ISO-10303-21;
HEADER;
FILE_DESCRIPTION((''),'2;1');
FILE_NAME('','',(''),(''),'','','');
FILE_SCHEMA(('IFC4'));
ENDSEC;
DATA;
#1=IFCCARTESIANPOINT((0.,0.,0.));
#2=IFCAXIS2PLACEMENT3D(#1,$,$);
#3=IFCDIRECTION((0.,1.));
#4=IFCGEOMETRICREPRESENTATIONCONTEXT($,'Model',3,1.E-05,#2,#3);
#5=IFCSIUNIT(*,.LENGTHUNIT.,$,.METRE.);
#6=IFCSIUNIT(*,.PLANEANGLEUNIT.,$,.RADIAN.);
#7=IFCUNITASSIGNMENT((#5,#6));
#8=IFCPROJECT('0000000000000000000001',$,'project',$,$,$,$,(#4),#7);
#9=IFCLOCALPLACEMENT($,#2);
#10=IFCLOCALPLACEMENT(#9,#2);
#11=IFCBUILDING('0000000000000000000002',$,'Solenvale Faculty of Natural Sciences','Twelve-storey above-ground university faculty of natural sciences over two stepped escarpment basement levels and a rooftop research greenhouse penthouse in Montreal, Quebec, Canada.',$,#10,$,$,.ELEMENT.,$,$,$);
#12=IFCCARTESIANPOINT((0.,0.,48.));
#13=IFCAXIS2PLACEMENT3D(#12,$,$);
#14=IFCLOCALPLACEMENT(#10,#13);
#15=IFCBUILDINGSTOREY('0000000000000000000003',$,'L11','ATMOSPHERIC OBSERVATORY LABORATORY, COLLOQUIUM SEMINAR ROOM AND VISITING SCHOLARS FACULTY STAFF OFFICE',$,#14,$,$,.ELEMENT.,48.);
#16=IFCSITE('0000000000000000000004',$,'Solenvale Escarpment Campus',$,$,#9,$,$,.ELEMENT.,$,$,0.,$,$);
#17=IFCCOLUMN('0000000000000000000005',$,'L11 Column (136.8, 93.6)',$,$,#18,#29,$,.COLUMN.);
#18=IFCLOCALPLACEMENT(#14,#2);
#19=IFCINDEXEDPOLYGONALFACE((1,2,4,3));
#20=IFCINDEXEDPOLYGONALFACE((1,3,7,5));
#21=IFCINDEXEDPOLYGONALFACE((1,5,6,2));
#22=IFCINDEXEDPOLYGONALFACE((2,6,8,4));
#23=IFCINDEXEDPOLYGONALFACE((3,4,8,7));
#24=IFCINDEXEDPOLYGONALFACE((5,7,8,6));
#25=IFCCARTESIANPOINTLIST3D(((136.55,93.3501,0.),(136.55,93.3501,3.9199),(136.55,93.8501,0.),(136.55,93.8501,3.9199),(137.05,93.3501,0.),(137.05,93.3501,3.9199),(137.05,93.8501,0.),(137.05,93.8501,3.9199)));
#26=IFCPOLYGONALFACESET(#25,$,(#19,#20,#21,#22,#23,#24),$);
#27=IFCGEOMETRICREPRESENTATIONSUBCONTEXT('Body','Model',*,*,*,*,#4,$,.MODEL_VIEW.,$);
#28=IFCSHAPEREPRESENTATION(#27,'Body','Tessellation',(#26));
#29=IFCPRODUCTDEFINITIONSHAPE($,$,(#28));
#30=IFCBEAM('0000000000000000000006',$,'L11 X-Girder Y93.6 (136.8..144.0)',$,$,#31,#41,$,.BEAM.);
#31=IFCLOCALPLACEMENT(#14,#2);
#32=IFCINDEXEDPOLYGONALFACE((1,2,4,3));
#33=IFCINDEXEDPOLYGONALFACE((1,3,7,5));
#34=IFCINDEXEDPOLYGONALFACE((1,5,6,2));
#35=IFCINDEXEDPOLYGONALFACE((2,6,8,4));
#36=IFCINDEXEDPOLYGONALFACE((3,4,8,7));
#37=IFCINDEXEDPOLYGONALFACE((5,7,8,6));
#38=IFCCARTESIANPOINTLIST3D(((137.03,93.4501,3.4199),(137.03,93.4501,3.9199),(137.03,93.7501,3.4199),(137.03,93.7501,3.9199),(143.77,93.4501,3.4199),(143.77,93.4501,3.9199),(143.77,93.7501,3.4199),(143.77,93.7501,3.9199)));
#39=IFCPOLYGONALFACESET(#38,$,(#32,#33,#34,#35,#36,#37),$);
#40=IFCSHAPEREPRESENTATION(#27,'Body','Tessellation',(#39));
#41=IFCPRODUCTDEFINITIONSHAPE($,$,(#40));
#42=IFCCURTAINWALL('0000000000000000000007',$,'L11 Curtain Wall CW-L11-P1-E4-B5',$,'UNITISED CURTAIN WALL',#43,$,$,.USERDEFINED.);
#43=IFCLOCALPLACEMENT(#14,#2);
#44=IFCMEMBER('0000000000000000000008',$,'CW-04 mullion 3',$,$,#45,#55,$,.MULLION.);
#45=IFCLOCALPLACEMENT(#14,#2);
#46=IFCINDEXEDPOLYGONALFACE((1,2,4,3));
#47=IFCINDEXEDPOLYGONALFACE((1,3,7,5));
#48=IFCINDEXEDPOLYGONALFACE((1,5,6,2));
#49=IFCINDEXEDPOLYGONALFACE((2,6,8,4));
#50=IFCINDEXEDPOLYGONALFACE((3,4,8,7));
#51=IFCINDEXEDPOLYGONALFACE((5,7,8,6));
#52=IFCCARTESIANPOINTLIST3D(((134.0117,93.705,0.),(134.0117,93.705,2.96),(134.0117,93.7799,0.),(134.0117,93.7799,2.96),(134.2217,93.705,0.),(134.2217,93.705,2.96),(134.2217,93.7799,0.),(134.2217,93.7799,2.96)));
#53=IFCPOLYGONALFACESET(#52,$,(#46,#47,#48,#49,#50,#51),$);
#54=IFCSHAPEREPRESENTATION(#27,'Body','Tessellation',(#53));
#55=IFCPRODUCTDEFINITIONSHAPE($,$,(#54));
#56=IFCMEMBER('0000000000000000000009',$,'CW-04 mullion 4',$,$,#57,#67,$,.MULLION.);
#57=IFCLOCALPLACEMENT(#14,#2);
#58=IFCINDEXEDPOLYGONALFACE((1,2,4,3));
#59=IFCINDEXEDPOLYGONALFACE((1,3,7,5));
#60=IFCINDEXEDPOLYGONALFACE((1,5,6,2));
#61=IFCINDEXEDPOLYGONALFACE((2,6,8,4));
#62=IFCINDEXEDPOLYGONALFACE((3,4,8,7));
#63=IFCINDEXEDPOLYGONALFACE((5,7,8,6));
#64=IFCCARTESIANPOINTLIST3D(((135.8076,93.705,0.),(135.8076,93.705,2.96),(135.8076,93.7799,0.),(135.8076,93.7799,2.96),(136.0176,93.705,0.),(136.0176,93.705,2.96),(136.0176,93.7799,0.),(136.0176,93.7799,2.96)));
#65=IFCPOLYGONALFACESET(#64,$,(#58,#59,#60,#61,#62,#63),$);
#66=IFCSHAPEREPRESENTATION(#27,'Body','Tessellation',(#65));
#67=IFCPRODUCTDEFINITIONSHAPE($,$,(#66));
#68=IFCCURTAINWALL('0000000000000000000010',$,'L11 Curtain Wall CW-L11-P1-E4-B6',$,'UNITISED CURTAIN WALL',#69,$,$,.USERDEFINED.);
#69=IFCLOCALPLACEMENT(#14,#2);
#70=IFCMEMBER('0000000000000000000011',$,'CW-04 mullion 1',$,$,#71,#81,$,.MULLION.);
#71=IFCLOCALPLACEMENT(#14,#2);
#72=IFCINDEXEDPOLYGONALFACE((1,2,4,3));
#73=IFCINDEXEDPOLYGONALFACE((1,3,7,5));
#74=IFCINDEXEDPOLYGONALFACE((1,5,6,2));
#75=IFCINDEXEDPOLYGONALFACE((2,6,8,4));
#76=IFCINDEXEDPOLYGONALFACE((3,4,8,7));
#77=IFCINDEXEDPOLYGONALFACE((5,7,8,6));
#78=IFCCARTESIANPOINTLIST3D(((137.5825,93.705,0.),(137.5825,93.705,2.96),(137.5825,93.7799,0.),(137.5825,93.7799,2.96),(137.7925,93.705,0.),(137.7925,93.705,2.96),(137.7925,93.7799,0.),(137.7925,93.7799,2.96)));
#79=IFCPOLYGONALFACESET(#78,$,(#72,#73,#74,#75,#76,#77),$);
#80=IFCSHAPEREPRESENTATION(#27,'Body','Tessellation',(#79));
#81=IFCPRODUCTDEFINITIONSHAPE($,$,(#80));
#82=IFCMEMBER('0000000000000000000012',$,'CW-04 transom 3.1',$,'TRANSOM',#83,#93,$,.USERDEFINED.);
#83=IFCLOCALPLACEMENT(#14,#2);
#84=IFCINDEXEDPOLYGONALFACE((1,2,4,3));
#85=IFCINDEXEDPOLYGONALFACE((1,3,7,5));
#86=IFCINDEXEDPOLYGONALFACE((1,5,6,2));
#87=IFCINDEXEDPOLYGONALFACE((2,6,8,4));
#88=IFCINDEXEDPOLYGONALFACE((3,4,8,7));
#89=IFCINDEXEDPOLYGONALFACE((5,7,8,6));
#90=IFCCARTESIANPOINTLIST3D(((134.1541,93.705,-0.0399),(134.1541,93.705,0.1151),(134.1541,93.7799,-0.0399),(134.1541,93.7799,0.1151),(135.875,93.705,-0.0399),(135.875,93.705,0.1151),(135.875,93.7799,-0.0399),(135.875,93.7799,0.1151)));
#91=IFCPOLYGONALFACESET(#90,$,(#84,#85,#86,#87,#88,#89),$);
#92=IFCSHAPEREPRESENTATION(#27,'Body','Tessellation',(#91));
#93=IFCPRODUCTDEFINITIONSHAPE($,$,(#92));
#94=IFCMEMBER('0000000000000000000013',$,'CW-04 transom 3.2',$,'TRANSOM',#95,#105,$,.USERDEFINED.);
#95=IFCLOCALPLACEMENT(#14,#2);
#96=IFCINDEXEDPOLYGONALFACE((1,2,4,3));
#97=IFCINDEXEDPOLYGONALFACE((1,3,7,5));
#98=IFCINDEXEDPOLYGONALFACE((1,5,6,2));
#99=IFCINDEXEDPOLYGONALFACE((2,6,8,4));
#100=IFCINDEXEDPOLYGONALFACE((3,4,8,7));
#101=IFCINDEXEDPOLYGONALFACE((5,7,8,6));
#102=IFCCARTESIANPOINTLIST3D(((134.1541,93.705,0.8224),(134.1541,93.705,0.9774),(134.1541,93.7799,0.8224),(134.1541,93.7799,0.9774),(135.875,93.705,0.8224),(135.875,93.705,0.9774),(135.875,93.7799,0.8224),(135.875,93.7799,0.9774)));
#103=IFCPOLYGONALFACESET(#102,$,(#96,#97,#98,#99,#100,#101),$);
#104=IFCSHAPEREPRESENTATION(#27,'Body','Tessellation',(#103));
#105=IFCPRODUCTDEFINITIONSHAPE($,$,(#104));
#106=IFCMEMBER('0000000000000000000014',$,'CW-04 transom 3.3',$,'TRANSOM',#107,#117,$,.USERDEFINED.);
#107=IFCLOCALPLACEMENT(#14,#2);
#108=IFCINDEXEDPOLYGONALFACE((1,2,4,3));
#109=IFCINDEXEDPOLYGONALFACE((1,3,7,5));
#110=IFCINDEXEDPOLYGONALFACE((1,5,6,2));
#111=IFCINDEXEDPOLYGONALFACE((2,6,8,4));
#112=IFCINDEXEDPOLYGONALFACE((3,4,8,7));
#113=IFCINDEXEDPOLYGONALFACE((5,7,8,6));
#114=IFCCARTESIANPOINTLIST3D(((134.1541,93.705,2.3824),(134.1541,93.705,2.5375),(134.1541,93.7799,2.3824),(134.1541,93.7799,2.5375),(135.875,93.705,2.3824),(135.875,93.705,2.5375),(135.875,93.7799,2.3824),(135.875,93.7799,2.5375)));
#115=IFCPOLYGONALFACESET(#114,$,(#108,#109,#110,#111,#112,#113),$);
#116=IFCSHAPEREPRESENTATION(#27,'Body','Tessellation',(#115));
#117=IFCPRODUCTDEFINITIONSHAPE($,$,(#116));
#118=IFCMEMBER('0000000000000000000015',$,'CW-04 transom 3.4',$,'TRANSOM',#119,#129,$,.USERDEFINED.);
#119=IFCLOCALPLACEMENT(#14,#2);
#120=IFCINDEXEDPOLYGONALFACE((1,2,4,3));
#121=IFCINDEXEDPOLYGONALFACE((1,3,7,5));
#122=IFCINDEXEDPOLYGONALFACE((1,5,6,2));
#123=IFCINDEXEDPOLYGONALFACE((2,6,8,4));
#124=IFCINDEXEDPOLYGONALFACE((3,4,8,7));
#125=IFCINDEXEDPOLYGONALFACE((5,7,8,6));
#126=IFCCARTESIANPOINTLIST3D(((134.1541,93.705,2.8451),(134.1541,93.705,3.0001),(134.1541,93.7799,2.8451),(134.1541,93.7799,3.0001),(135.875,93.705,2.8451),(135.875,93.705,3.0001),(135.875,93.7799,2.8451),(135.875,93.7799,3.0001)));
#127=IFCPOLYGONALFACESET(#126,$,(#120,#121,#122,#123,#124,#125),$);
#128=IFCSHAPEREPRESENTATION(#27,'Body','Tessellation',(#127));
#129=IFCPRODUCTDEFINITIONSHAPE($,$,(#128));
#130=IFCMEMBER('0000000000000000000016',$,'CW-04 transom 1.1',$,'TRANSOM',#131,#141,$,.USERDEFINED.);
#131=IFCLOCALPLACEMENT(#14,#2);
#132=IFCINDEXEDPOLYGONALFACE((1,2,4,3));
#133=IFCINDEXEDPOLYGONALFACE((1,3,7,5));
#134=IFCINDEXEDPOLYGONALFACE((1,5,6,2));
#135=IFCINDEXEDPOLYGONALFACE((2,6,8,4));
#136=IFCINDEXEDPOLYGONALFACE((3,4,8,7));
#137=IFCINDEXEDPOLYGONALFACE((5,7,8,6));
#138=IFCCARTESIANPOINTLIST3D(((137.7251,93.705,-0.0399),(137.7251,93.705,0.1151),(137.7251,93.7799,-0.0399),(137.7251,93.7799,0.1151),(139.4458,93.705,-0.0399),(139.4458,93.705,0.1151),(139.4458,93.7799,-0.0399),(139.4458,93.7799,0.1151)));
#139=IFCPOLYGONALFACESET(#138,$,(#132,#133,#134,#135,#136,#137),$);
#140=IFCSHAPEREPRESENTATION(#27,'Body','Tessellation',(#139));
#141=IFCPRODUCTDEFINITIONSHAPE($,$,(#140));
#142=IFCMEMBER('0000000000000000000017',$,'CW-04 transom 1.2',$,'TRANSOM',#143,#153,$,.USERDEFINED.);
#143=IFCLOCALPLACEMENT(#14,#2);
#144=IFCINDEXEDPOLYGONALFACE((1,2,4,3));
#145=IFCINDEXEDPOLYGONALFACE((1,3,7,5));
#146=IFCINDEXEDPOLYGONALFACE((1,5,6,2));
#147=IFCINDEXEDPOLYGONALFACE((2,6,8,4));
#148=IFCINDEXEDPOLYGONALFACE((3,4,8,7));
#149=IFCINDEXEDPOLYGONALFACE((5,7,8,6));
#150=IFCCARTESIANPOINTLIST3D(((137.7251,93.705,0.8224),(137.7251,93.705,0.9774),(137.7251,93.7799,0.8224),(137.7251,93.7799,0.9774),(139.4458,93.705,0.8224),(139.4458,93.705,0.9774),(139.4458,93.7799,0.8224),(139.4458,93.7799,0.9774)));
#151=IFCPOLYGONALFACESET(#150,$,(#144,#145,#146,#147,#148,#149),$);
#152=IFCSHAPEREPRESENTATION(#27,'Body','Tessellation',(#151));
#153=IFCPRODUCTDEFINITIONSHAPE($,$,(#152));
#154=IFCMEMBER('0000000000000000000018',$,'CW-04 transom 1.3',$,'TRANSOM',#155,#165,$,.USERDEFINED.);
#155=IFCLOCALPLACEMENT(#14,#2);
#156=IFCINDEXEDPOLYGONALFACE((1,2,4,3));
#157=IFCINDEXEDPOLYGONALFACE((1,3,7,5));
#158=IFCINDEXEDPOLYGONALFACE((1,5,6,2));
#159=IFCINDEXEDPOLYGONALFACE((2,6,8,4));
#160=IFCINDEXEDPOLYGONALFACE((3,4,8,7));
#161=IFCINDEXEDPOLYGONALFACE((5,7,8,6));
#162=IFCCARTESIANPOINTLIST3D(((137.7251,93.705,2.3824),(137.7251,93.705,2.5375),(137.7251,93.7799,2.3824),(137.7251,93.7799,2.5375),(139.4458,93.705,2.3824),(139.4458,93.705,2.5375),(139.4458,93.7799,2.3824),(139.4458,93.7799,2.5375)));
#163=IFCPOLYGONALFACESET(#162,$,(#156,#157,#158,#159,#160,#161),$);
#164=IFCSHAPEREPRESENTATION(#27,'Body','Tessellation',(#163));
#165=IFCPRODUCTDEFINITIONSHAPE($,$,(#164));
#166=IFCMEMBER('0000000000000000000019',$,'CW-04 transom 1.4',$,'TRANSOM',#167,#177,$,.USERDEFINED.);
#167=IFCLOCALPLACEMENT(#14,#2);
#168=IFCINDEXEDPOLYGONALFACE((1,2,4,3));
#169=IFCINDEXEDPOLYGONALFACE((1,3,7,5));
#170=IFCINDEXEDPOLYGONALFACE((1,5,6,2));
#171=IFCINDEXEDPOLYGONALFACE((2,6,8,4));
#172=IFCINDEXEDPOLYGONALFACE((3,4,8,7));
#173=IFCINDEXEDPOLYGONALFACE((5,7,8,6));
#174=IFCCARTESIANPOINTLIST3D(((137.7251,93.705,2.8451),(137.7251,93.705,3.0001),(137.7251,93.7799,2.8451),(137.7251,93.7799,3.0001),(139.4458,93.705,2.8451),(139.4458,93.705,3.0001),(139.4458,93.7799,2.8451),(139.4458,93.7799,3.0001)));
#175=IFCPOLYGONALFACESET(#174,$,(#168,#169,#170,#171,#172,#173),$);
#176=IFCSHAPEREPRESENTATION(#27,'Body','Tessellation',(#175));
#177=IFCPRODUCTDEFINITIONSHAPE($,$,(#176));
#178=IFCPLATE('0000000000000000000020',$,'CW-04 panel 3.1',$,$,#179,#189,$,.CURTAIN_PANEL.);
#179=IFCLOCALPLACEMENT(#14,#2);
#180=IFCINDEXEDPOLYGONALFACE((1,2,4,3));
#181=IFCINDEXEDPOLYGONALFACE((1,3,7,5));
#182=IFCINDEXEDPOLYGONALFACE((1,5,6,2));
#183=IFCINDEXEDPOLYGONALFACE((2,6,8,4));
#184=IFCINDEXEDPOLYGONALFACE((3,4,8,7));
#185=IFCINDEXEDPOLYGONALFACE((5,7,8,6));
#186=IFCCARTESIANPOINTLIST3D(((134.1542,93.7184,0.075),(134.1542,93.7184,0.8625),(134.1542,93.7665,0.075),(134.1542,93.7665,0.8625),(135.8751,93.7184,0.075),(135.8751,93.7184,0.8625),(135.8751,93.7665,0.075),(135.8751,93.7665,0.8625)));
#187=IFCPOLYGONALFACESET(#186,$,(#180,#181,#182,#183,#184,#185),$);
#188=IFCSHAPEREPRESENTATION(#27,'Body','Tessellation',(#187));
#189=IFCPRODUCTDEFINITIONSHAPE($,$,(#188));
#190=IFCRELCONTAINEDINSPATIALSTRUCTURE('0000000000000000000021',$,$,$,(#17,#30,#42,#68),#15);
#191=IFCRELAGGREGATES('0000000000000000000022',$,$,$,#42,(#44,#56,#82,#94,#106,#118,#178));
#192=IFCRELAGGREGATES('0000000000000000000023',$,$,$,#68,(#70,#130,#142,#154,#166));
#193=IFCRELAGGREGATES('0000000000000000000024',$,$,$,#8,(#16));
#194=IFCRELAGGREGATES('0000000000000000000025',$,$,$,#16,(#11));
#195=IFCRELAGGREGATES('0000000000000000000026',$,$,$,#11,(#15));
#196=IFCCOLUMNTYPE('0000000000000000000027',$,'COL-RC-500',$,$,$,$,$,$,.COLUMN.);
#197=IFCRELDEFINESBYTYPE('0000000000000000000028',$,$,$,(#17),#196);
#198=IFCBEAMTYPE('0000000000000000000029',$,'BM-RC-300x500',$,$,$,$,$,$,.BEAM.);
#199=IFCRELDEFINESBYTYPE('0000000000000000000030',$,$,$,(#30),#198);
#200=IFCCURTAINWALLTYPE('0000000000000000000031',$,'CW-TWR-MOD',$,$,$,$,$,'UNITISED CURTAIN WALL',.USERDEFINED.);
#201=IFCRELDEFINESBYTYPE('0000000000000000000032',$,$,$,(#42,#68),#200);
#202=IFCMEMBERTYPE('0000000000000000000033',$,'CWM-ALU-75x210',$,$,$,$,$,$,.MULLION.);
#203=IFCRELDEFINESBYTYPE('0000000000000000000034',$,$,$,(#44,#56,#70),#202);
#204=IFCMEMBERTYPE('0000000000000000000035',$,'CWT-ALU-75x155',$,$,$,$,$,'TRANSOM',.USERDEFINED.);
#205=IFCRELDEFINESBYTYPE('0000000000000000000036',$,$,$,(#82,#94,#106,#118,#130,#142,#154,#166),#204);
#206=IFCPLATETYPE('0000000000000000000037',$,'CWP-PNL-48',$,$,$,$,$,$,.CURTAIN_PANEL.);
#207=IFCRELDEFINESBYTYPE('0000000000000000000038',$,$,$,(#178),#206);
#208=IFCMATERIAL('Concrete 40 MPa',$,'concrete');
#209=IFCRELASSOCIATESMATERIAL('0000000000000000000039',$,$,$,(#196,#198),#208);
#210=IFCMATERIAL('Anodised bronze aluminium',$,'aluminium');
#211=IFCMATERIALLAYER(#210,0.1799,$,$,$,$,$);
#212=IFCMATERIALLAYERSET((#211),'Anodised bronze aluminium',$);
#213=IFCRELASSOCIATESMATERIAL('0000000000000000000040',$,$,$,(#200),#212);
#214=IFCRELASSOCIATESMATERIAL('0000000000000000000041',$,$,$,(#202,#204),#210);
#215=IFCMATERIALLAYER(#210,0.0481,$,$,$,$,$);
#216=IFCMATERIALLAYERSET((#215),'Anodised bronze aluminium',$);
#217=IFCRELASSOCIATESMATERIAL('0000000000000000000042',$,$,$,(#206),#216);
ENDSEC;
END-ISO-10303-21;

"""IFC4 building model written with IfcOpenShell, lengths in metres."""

from ifc_helpers import new_model, si_unit, direction, frame, origin, origin_2d, place, context, subcontext, project, spatial, rectangle, extrude, material, layer, layer_set, material_profile, profile_set, type_object, element, aggregate, save


model = new_model("IFC4")

# Units and contexts
model_context = context("Model", 3, precision=1e-05, world=origin(), true_north=direction((0.0, 1.0)))
body_context = subcontext(model_context, "Body", "Model", "MODEL_VIEW")
ifc_project = project(units=[si_unit("LENGTHUNIT", "METRE"), si_unit("PLANEANGLEUNIT", "RADIAN")], contexts=[model_context])

# Site, building, storey
site_placement = place(None, origin())
site = spatial("IfcSite", under=ifc_project, at=site_placement, Name="Solenvale Escarpment Campus", CompositionType="ELEMENT", RefElevation=0.0)
building_placement = place(site_placement, origin())
building = spatial("IfcBuilding", under=site, at=building_placement, Name="Solenvale Faculty of Natural Sciences", Description="Twelve-storey above-ground university faculty of natural sciences over two stepped escarpment basement levels and a rooftop research greenhouse penthouse in Montreal, Quebec, Canada.", CompositionType="ELEMENT")
storey_placement = place(building_placement, frame((0.0, 0.0, 48.0)))
storey = spatial("IfcBuildingStorey", under=building, at=storey_placement, Name="L11", Description="ATMOSPHERIC OBSERVATORY LABORATORY, COLLOQUIUM SEMINAR ROOM AND VISITING SCHOLARS FACULTY STAFF OFFICE", CompositionType="ELEMENT", Elevation=48.0)

# Column
ifc_material_1 = material(Name="Concrete 40 MPa", Category="concrete")
ifc_material_profile_1 = material_profile(ifc_material_1, rectangle(XDim=0.5, YDim=0.5, at=origin_2d()), Name="RC-COL-500x500")
ifc_profile_set_1 = profile_set([ifc_material_profile_1], Name="Concrete 40 MPa")
column_type = type_object("IfcColumnType", Name="COL-RC-500", PredefinedType="COLUMN", material=ifc_profile_set_1)
column_placement = place(storey_placement, frame((136.8, 93.6001, 0.0), z_axis=(0.0, 0.0, 1.0), x_axis=(1.0, 0.0, 0.0)))
element("IfcColumn", 1, at=column_placement, inside=storey, type_object=column_type, Name="L11 Column (136.8, 93.6)", PredefinedType="COLUMN", context=body_context, shape_type="SweptSolid", body=[
    extrude(rectangle(XDim=0.5, YDim=0.5, at=origin_2d()), origin(), (0.0, 0.0, 1.0), 3.9199),
])

# Beam
ifc_material_profile_2 = material_profile(ifc_material_1, rectangle(XDim=0.3, YDim=0.5, at=origin_2d()), Name="RC-BM-300x500")
ifc_profile_set_2 = profile_set([ifc_material_profile_2], Name="Concrete 40 MPa")
beam_type = type_object("IfcBeamType", Name="BM-RC-300x500", PredefinedType="BEAM", material=ifc_profile_set_2)
beam_placement = place(storey_placement, frame((137.03, 93.6001, 3.6699), z_axis=(1.0, 0.0, 0.0), x_axis=(0.0, 1.0, 0.0)))
element("IfcBeam", 2, at=beam_placement, inside=storey, type_object=beam_type, Name="L11 X-Girder Y93.6 (136.8..144.0)", PredefinedType="BEAM", context=body_context, shape_type="SweptSolid", body=[
    extrude(rectangle(XDim=0.3, YDim=0.5, at=origin_2d()), origin(), (0.0, 0.0, 1.0), 6.74),
])

# Curtain wall, members
ifc_material_2 = material(Name="Anodised bronze aluminium", Category="aluminium")
ifc_layer_1 = layer(ifc_material_2, 0.1799)
ifc_layer_set_1 = layer_set([ifc_layer_1], Name="Anodised bronze aluminium")
curtain_wall_type = type_object("IfcCurtainWallType", Name="CW-TWR-MOD", ElementType="UNITISED CURTAIN WALL", PredefinedType="USERDEFINED", material=ifc_layer_set_1)
curtain_wall_1_placement = place(storey_placement, origin())
curtain_wall_1 = element("IfcCurtainWall", 3, at=curtain_wall_1_placement, inside=storey, type_object=curtain_wall_type, Name="L11 Curtain Wall CW-L11-P1-E4-B5", ObjectType="UNITISED CURTAIN WALL", PredefinedType="USERDEFINED")
ifc_material_profile_3 = material_profile(ifc_material_2, rectangle(XDim=0.075, YDim=0.21, at=origin_2d()), Name="ALU-MUL-75x210")
ifc_profile_set_3 = profile_set([ifc_material_profile_3], Name="Anodised bronze aluminium")
member_type_1 = type_object("IfcMemberType", Name="CWM-ALU-75x210", PredefinedType="MULLION", material=ifc_profile_set_3)
member_1_placement = place(storey_placement, frame((134.1167, 93.7424, 0.0), z_axis=(0.0, 0.0, 1.0), x_axis=(0.0, 1.0, 0.0)))
member_1 = element("IfcMember", 4, at=member_1_placement, type_object=member_type_1, Name="CW-04 mullion 3", PredefinedType="MULLION", context=body_context, shape_type="SweptSolid", body=[
    extrude(rectangle(XDim=0.075, YDim=0.21, at=origin_2d()), origin(), (0.0, 0.0, 1.0), 2.96),
])
member_2_placement = place(storey_placement, frame((135.9126, 93.7424, 0.0), z_axis=(0.0, 0.0, 1.0), x_axis=(0.0, 1.0, 0.0)))
member_2 = element("IfcMember", 5, at=member_2_placement, type_object=member_type_1, Name="CW-04 mullion 4", PredefinedType="MULLION", context=body_context, shape_type="SweptSolid", body=[
    extrude(rectangle(XDim=0.075, YDim=0.21, at=origin_2d()), origin(), (0.0, 0.0, 1.0), 2.96),
])

# Curtain wall, member
curtain_wall_2_placement = place(storey_placement, origin())
curtain_wall_2 = element("IfcCurtainWall", 6, at=curtain_wall_2_placement, inside=storey, type_object=curtain_wall_type, Name="L11 Curtain Wall CW-L11-P1-E4-B6", ObjectType="UNITISED CURTAIN WALL", PredefinedType="USERDEFINED")
member_3_placement = place(storey_placement, frame((137.6875, 93.7424, 0.0), z_axis=(0.0, 0.0, 1.0), x_axis=(0.0, 1.0, 0.0)))
member_3 = element("IfcMember", 7, at=member_3_placement, type_object=member_type_1, Name="CW-04 mullion 1", PredefinedType="MULLION", context=body_context, shape_type="SweptSolid", body=[
    extrude(rectangle(XDim=0.075, YDim=0.21, at=origin_2d()), origin(), (0.0, 0.0, 1.0), 2.96),
])

# Members
ifc_material_profile_4 = material_profile(ifc_material_2, rectangle(XDim=0.075, YDim=0.155, at=origin_2d()), Name="ALU-TRN-75x155")
ifc_profile_set_4 = profile_set([ifc_material_profile_4], Name="Anodised bronze aluminium")
member_type_2 = type_object("IfcMemberType", Name="CWT-ALU-75x155", ElementType="TRANSOM", PredefinedType="USERDEFINED", material=ifc_profile_set_4)
member_4_placement = place(storey_placement, frame((134.1541, 93.7424, 0.0376), z_axis=(1.0, 0.0, 0.0), x_axis=(0.0, 1.0, 0.0)))
member_4 = element("IfcMember", 8, at=member_4_placement, type_object=member_type_2, Name="CW-04 transom 3.1", ObjectType="TRANSOM", PredefinedType="USERDEFINED", context=body_context, shape_type="SweptSolid", body=[
    extrude(rectangle(XDim=0.075, YDim=0.155, at=origin_2d()), origin(), (0.0, 0.0, 1.0), 1.7209),
])
member_5_placement = place(storey_placement, frame((134.1541, 93.7424, 0.8999), z_axis=(1.0, 0.0, 0.0), x_axis=(0.0, 1.0, 0.0)))
member_5 = element("IfcMember", 9, at=member_5_placement, type_object=member_type_2, Name="CW-04 transom 3.2", ObjectType="TRANSOM", PredefinedType="USERDEFINED", context=body_context, shape_type="SweptSolid", body=[
    extrude(rectangle(XDim=0.075, YDim=0.155, at=origin_2d()), origin(), (0.0, 0.0, 1.0), 1.7209),
])
member_6_placement = place(storey_placement, frame((134.1541, 93.7424, 2.46), z_axis=(1.0, 0.0, 0.0), x_axis=(0.0, 1.0, 0.0)))
member_6 = element("IfcMember", 10, at=member_6_placement, type_object=member_type_2, Name="CW-04 transom 3.3", ObjectType="TRANSOM", PredefinedType="USERDEFINED", context=body_context, shape_type="SweptSolid", body=[
    extrude(rectangle(XDim=0.075, YDim=0.155, at=origin_2d()), origin(), (0.0, 0.0, 1.0), 1.7209),
])
member_7_placement = place(storey_placement, frame((134.1541, 93.7424, 2.9226), z_axis=(1.0, 0.0, 0.0), x_axis=(0.0, 1.0, 0.0)))
member_7 = element("IfcMember", 11, at=member_7_placement, type_object=member_type_2, Name="CW-04 transom 3.4", ObjectType="TRANSOM", PredefinedType="USERDEFINED", context=body_context, shape_type="SweptSolid", body=[
    extrude(rectangle(XDim=0.075, YDim=0.155, at=origin_2d()), origin(), (0.0, 0.0, 1.0), 1.7209),
])
member_8_placement = place(storey_placement, frame((137.7251, 93.7424, 0.0376), z_axis=(1.0, 0.0, 0.0), x_axis=(0.0, 1.0, 0.0)))
member_8 = element("IfcMember", 12, at=member_8_placement, type_object=member_type_2, Name="CW-04 transom 1.1", ObjectType="TRANSOM", PredefinedType="USERDEFINED", context=body_context, shape_type="SweptSolid", body=[
    extrude(rectangle(XDim=0.075, YDim=0.155, at=origin_2d()), origin(), (0.0, 0.0, 1.0), 1.7207),
])
member_9_placement = place(storey_placement, frame((137.7251, 93.7424, 0.8999), z_axis=(1.0, 0.0, 0.0), x_axis=(0.0, 1.0, 0.0)))
member_9 = element("IfcMember", 13, at=member_9_placement, type_object=member_type_2, Name="CW-04 transom 1.2", ObjectType="TRANSOM", PredefinedType="USERDEFINED", context=body_context, shape_type="SweptSolid", body=[
    extrude(rectangle(XDim=0.075, YDim=0.155, at=origin_2d()), origin(), (0.0, 0.0, 1.0), 1.7207),
])
member_10_placement = place(storey_placement, frame((137.7251, 93.7424, 2.46), z_axis=(1.0, 0.0, 0.0), x_axis=(0.0, 1.0, 0.0)))
member_10 = element("IfcMember", 14, at=member_10_placement, type_object=member_type_2, Name="CW-04 transom 1.3", ObjectType="TRANSOM", PredefinedType="USERDEFINED", context=body_context, shape_type="SweptSolid", body=[
    extrude(rectangle(XDim=0.075, YDim=0.155, at=origin_2d()), origin(), (0.0, 0.0, 1.0), 1.7207),
])
member_11_placement = place(storey_placement, frame((137.7251, 93.7424, 2.9226), z_axis=(1.0, 0.0, 0.0), x_axis=(0.0, 1.0, 0.0)))
member_11 = element("IfcMember", 15, at=member_11_placement, type_object=member_type_2, Name="CW-04 transom 1.4", ObjectType="TRANSOM", PredefinedType="USERDEFINED", context=body_context, shape_type="SweptSolid", body=[
    extrude(rectangle(XDim=0.075, YDim=0.155, at=origin_2d()), origin(), (0.0, 0.0, 1.0), 1.7207),
])

# Plate
ifc_layer_2 = layer(ifc_material_2, 0.0481)
ifc_layer_set_2 = layer_set([ifc_layer_2], Name="Anodised bronze aluminium")
plate_type_1 = type_object("IfcPlateType", Name="CWP-PNL-48", PredefinedType="CURTAIN_PANEL", material=ifc_layer_set_2)
plate_1_placement = place(storey_placement, frame((135.0146, 93.7424, 0.075), z_axis=(0.0, 0.0, 1.0), x_axis=(1.0, 0.0, 0.0)))
plate_1 = element("IfcPlate", 16, at=plate_1_placement, type_object=plate_type_1, Name="CW-04 panel 3.1", PredefinedType="CURTAIN_PANEL", context=body_context, shape_type="SweptSolid", body=[
    extrude(rectangle(XDim=1.7209, YDim=0.0481, at=origin_2d()), origin(), (0.0, 0.0, 1.0), 0.7876),
])
aggregate(curtain_wall_1, [member_1, member_2, member_4, member_5, member_6, member_7, plate_1])
aggregate(curtain_wall_2, [member_3, member_8, member_9, member_10, member_11])

save(model, "model.ifc")
